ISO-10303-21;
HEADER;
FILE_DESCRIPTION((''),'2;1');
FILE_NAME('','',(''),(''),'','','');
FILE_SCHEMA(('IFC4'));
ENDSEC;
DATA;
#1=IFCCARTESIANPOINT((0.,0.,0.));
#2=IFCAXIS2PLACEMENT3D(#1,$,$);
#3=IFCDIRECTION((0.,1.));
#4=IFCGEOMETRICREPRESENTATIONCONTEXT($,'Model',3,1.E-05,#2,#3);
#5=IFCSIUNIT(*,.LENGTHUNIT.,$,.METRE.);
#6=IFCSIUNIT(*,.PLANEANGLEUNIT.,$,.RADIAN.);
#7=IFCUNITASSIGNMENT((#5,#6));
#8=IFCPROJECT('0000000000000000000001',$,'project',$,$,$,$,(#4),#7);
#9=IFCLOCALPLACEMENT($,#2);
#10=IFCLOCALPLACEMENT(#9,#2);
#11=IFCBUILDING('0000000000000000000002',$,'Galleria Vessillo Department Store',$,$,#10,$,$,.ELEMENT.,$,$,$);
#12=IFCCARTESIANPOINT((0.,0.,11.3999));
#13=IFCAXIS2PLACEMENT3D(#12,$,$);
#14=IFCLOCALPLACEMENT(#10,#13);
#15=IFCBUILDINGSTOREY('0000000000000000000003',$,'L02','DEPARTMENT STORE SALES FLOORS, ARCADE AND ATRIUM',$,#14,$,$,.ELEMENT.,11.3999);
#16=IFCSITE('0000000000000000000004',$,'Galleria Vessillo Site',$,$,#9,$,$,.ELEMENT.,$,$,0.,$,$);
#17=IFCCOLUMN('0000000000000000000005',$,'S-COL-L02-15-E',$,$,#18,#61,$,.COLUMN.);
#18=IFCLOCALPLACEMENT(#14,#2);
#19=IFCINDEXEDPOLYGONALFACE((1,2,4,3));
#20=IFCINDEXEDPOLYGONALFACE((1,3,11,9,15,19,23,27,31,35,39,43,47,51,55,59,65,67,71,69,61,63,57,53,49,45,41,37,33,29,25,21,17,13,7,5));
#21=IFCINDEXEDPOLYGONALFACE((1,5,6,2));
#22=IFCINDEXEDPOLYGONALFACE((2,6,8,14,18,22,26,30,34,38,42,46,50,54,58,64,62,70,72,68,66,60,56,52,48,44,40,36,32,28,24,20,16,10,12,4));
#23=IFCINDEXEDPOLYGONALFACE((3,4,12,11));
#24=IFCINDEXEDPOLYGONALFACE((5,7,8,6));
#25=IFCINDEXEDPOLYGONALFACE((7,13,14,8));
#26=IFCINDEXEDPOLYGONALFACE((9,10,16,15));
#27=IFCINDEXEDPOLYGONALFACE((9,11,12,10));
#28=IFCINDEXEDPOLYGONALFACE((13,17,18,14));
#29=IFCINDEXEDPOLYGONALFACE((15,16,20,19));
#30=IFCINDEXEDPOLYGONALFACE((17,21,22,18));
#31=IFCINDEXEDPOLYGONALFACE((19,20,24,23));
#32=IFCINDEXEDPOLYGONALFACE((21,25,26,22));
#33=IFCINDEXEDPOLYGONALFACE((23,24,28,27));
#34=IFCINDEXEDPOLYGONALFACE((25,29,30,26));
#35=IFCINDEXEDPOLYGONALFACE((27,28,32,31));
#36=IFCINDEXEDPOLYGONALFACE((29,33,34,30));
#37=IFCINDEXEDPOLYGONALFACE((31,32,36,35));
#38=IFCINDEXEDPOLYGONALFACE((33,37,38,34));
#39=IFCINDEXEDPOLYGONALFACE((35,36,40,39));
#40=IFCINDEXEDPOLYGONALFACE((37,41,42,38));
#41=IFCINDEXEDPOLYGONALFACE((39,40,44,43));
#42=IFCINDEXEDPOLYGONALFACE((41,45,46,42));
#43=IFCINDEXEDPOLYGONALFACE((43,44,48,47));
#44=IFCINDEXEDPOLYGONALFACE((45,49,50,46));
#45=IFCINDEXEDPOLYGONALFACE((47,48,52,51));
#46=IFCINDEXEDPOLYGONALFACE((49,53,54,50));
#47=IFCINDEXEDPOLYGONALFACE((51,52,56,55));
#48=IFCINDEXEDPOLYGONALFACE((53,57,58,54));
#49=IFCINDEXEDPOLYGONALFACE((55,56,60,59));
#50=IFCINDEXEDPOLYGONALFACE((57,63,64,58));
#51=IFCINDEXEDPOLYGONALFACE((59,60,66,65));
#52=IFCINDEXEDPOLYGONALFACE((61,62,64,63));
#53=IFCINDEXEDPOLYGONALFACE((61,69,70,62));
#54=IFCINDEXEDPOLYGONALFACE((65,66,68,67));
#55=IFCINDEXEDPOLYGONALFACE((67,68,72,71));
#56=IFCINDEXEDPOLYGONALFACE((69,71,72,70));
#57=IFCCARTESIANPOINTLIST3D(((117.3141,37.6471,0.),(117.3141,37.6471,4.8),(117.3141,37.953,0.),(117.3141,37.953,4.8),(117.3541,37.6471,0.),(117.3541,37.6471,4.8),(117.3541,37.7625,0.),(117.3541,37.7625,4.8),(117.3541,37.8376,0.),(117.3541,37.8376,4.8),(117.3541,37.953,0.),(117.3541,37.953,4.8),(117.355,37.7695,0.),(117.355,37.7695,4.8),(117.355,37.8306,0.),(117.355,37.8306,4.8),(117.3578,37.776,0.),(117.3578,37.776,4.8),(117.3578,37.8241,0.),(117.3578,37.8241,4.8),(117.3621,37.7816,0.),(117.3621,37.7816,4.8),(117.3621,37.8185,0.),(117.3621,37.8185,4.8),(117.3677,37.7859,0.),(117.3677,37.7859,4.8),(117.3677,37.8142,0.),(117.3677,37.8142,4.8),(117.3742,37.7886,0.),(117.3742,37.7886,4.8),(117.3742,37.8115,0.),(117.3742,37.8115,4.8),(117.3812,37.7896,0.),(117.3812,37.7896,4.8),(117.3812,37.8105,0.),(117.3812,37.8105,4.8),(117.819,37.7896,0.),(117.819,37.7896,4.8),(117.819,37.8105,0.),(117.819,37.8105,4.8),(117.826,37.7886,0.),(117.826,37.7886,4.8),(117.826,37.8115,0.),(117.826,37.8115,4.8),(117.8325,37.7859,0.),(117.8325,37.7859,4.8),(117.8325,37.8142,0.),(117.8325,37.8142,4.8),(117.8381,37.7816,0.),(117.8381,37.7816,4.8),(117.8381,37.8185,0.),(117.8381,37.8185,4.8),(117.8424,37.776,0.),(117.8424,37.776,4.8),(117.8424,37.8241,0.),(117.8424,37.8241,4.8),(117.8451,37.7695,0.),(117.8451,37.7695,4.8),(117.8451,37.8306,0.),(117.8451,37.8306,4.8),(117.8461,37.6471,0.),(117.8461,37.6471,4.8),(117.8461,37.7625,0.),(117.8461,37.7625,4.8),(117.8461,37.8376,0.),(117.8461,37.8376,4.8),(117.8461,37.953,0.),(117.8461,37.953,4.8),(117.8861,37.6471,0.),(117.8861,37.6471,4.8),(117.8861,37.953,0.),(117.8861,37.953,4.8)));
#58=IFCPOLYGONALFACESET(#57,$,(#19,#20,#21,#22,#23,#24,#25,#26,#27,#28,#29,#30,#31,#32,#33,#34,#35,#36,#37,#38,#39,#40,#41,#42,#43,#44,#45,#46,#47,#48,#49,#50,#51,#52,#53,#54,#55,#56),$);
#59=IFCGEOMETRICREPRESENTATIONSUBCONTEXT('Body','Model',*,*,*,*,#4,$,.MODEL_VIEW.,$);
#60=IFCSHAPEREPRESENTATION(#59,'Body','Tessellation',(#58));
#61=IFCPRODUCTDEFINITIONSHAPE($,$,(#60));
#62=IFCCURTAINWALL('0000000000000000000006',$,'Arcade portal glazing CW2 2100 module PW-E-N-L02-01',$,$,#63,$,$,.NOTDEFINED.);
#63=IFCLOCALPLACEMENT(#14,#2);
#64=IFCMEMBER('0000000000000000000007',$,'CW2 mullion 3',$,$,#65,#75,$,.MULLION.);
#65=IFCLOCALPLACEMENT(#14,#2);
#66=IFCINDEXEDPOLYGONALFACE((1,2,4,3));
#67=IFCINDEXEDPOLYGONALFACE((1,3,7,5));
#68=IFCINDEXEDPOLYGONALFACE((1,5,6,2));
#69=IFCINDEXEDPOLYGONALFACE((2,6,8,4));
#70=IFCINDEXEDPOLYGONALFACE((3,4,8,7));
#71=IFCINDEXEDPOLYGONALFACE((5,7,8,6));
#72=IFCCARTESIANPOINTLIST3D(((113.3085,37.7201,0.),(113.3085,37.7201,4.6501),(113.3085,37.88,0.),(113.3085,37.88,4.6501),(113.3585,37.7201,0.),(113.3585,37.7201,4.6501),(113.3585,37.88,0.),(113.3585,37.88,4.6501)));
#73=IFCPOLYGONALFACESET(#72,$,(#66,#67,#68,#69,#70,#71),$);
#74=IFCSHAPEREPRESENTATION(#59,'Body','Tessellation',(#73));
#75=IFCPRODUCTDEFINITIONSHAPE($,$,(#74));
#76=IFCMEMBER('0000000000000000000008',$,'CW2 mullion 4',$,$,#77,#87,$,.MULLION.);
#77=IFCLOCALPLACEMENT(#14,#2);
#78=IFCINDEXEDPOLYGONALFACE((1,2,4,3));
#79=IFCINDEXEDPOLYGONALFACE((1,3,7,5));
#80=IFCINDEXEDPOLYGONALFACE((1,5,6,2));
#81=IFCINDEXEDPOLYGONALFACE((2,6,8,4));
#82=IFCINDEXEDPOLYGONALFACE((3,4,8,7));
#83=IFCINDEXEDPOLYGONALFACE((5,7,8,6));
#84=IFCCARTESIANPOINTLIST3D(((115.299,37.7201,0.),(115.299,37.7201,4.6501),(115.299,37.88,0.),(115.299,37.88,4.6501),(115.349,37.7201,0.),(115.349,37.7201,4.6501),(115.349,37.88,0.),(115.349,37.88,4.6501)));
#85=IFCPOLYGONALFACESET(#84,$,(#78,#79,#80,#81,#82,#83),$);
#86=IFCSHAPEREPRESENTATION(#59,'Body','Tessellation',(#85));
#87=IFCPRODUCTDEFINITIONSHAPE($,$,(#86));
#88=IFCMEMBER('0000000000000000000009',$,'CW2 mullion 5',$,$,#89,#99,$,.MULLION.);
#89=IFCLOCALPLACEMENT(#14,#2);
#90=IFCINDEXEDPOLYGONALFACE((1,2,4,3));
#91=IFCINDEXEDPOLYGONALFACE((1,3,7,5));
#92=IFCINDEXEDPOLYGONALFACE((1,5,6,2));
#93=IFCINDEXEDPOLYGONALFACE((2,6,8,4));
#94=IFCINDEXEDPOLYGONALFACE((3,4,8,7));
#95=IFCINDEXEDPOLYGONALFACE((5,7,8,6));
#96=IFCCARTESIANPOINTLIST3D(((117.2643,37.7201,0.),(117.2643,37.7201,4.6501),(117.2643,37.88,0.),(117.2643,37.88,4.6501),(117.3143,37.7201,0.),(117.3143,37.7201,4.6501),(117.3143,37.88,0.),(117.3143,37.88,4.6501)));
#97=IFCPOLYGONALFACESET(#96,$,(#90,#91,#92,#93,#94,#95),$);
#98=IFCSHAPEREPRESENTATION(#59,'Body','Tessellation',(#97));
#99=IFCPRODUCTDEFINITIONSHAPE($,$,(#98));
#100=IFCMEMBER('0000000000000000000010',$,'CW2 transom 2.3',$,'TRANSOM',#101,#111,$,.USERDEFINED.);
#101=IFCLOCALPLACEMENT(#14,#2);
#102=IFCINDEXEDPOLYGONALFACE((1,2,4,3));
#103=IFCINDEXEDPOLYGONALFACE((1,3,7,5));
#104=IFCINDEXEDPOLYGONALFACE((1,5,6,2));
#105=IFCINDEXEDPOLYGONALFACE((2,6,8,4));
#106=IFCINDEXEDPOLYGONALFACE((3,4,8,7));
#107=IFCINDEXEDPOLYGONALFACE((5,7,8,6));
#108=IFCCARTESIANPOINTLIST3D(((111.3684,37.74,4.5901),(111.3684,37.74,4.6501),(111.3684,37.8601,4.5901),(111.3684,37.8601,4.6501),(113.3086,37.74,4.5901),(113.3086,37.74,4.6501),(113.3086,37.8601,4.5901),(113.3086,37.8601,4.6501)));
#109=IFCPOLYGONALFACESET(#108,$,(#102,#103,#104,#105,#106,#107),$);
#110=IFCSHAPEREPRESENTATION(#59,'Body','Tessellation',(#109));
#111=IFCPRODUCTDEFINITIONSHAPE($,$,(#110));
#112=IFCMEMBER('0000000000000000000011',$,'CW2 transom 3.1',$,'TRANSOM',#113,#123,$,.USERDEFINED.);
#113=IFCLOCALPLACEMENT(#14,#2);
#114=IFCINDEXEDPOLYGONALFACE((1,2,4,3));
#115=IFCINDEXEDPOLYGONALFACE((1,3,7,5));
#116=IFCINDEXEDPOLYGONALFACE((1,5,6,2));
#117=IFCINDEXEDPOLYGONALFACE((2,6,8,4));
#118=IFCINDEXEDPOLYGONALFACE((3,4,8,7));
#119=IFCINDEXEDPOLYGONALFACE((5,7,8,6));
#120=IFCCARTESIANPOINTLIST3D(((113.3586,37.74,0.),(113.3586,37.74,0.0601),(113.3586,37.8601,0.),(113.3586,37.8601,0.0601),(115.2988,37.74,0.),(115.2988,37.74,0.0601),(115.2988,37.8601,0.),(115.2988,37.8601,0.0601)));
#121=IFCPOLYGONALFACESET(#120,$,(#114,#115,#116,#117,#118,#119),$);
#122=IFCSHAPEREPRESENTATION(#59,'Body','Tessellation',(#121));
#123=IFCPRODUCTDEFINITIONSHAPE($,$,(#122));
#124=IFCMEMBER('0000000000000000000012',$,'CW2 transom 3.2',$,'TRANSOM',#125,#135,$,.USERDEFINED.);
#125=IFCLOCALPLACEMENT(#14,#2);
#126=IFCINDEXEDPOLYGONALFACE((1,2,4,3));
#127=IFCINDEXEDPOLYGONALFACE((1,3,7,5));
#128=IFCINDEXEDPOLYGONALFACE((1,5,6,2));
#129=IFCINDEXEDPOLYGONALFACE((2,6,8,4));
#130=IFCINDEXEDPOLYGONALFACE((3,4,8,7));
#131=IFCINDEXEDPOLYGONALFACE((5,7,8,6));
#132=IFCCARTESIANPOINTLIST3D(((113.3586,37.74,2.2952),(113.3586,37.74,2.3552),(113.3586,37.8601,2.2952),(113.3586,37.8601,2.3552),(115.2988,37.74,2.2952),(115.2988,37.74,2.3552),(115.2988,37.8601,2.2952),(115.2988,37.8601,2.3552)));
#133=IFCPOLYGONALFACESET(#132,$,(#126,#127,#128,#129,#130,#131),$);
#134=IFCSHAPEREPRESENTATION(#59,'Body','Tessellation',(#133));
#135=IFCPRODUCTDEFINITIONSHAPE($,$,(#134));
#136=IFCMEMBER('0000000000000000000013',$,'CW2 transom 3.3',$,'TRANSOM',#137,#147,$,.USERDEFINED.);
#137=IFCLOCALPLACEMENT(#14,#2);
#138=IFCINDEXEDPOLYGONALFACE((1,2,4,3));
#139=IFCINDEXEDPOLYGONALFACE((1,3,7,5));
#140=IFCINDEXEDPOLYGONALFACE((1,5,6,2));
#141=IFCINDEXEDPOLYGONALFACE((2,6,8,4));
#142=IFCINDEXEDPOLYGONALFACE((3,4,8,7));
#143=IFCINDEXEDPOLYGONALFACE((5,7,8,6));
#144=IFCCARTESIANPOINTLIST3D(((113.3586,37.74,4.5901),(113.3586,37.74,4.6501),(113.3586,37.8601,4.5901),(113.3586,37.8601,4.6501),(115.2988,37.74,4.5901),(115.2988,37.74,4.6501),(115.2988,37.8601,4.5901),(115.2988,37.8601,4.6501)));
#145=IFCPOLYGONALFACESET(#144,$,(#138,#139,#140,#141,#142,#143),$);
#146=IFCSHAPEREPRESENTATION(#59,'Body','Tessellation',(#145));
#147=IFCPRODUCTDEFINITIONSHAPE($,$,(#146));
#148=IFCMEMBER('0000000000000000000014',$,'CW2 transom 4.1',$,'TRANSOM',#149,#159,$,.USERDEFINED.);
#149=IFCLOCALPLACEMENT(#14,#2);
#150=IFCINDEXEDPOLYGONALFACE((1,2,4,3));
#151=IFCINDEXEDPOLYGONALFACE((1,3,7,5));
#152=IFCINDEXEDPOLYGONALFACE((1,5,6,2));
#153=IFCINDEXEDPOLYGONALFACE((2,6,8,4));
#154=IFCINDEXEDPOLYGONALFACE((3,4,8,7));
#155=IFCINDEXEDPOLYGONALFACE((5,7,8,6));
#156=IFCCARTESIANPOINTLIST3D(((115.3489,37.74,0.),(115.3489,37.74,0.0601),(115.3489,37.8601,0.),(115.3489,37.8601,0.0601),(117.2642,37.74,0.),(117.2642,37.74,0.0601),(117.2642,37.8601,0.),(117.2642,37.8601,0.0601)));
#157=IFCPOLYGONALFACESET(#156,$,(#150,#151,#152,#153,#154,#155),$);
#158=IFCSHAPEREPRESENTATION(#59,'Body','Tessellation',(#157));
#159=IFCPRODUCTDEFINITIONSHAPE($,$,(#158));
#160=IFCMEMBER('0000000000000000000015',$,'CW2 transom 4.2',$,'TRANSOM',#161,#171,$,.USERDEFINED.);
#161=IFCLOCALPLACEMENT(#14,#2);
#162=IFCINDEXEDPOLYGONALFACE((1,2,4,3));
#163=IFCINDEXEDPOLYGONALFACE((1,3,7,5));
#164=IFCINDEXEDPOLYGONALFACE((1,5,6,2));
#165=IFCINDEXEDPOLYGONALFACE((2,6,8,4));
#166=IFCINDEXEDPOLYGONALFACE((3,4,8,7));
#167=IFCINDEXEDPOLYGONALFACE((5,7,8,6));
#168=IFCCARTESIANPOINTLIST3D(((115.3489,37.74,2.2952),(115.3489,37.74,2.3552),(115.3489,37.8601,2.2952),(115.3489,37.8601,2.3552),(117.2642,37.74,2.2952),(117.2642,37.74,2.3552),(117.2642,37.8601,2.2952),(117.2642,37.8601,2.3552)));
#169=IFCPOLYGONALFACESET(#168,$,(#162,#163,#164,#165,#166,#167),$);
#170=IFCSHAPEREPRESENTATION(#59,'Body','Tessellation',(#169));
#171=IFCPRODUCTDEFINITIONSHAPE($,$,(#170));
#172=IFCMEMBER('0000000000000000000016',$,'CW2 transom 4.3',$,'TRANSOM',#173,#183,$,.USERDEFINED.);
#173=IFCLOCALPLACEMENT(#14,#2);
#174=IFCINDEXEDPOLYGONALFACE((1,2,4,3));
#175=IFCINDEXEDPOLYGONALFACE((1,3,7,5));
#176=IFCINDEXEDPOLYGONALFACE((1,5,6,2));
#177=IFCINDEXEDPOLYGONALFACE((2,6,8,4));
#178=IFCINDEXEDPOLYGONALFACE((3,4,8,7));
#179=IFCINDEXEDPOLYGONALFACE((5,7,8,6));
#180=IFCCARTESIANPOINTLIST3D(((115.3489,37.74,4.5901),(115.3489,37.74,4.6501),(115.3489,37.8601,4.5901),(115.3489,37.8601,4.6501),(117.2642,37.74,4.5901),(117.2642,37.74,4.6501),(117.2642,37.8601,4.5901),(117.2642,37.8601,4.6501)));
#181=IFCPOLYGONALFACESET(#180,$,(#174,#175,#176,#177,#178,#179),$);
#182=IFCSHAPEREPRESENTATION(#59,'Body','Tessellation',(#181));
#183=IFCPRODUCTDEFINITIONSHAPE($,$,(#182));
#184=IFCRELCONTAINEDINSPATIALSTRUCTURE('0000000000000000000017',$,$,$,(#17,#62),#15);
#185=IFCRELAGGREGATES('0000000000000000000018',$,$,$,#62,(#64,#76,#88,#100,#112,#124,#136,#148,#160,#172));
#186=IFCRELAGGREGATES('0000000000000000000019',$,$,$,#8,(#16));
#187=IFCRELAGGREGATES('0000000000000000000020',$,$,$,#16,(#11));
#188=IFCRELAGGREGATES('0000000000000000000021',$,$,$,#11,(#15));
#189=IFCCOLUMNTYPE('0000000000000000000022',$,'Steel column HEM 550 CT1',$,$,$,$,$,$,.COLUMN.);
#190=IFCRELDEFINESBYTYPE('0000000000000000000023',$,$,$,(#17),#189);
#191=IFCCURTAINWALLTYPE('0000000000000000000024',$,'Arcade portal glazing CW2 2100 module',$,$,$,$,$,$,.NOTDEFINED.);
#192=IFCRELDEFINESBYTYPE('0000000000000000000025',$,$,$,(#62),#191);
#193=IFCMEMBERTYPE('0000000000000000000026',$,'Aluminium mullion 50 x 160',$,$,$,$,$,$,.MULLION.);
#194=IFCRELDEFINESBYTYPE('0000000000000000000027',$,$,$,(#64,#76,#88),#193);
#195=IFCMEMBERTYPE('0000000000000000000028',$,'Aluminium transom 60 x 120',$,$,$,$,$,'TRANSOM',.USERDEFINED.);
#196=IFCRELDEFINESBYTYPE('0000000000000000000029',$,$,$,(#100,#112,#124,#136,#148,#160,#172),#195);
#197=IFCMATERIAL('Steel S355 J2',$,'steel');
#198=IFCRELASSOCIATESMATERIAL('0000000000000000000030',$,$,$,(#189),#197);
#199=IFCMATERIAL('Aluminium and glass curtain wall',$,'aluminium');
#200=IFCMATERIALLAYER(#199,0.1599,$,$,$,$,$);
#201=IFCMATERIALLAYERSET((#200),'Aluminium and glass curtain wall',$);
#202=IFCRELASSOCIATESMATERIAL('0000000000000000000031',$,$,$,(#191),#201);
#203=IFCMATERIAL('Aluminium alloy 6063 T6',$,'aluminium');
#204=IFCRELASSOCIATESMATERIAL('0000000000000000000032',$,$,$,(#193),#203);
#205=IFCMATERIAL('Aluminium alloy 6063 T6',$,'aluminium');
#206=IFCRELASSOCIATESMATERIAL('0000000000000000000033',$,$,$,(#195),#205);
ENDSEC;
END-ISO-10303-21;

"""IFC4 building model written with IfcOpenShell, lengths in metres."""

from ifc_helpers import new_model, si_unit, direction, frame, origin, origin_2d, place, context, subcontext, project, spatial, rectangle, i_section, extrude, material, layer, layer_set, material_profile, profile_set, type_object, element, aggregate, save


model = new_model("IFC4")

# Units and contexts
model_context = context("Model", 3, precision=1e-05, world=origin(), true_north=direction((0.0, 1.0)))
body_context = subcontext(model_context, "Body", "Model", "MODEL_VIEW")
ifc_project = project(units=[si_unit("LENGTHUNIT", "METRE"), si_unit("PLANEANGLEUNIT", "RADIAN")], contexts=[model_context])

# Site, building, storey
site_placement = place(None, origin())
site = spatial("IfcSite", under=ifc_project, at=site_placement, Name="Galleria Vessillo Site", CompositionType="ELEMENT", RefElevation=0.0)
building_placement = place(site_placement, origin())
building = spatial("IfcBuilding", under=site, at=building_placement, Name="Galleria Vessillo Department Store", CompositionType="ELEMENT")
storey_placement = place(building_placement, frame((0.0, 0.0, 11.3999)))
storey = spatial("IfcBuildingStorey", under=building, at=storey_placement, Name="L02", Description="DEPARTMENT STORE SALES FLOORS, ARCADE AND ATRIUM", CompositionType="ELEMENT", Elevation=11.3999)

# Column
ifc_material_1 = material(Name="Steel S355 J2", Category="steel")
ifc_material_profile_1 = material_profile(ifc_material_1, i_section(OverallWidth=0.3059, OverallDepth=0.572, WebThickness=0.021, FlangeThickness=0.04, FilletRadius=0.0271, at=origin_2d()), Name="HEM 550")
ifc_profile_set_1 = profile_set([ifc_material_profile_1], Name="Steel S355 J2")
column_type = type_object("IfcColumnType", Name="Steel column HEM 550 CT1", PredefinedType="COLUMN", material=ifc_profile_set_1)
column_placement = place(storey_placement, frame((117.6001, 37.8, 0.0), z_axis=(0.0, 0.0, 1.0), x_axis=(0.0, 1.0, 0.0)))
element("IfcColumn", 1, at=column_placement, inside=storey, type_object=column_type, Name="S-COL-L02-15-E", PredefinedType="COLUMN", context=body_context, shape_type="SweptSolid", body=[
    extrude(i_section(OverallWidth=0.3059, OverallDepth=0.572, WebThickness=0.021, FlangeThickness=0.04, FilletRadius=0.0271, at=origin_2d()), origin(), (0.0, 0.0, 1.0), 4.8),
])

# Curtain wall, members
ifc_material_2 = material(Name="Aluminium and glass curtain wall", Category="aluminium")
ifc_layer_1 = layer(ifc_material_2, 0.1599)
ifc_layer_set_1 = layer_set([ifc_layer_1], Name="Aluminium and glass curtain wall")
curtain_wall_type = type_object("IfcCurtainWallType", Name="Arcade portal glazing CW2 2100 module", PredefinedType="NOTDEFINED", material=ifc_layer_set_1)
curtain_wall_placement = place(storey_placement, origin())
curtain_wall = element("IfcCurtainWall", 2, at=curtain_wall_placement, inside=storey, type_object=curtain_wall_type, Name="Arcade portal glazing CW2 2100 module PW-E-N-L02-01", PredefinedType="NOTDEFINED")
ifc_material_3 = material(Name="Aluminium alloy 6063 T6", Category="aluminium")
ifc_material_profile_2 = material_profile(ifc_material_3, rectangle(XDim=0.1599, YDim=0.05, at=origin_2d()), Name="AL 50x160")
ifc_profile_set_2 = profile_set([ifc_material_profile_2], Name="Aluminium alloy 6063 T6")
member_type_1 = type_object("IfcMemberType", Name="Aluminium mullion 50 x 160", PredefinedType="MULLION", material=ifc_profile_set_2)
member_1_placement = place(storey_placement, frame((113.3335, 37.8, 0.0), z_axis=(0.0, 0.0, 1.0), x_axis=(0.0, 1.0, 0.0)))
member_1 = element("IfcMember", 3, at=member_1_placement, type_object=member_type_1, Name="CW2 mullion 3", PredefinedType="MULLION", context=body_context, shape_type="SweptSolid", body=[
    extrude(rectangle(XDim=0.1599, YDim=0.05, at=origin_2d()), origin(), (0.0, 0.0, 1.0), 4.6501),
])
member_2_placement = place(storey_placement, frame((115.324, 37.8, 0.0), z_axis=(0.0, 0.0, 1.0), x_axis=(0.0, 1.0, 0.0)))
member_2 = element("IfcMember", 4, at=member_2_placement, type_object=member_type_1, Name="CW2 mullion 4", PredefinedType="MULLION", context=body_context, shape_type="SweptSolid", body=[
    extrude(rectangle(XDim=0.1599, YDim=0.05, at=origin_2d()), origin(), (0.0, 0.0, 1.0), 4.6501),
])
member_3_placement = place(storey_placement, frame((117.2893, 37.8, 0.0), z_axis=(0.0, 0.0, 1.0), x_axis=(0.0, 1.0, 0.0)))
member_3 = element("IfcMember", 5, at=member_3_placement, type_object=member_type_1, Name="CW2 mullion 5", PredefinedType="MULLION", context=body_context, shape_type="SweptSolid", body=[
    extrude(rectangle(XDim=0.1599, YDim=0.05, at=origin_2d()), origin(), (0.0, 0.0, 1.0), 4.6501),
])
ifc_material_4 = material(Name="Aluminium alloy 6063 T6", Category="aluminium")
ifc_material_profile_3 = material_profile(ifc_material_4, rectangle(XDim=0.1201, YDim=0.0601, at=origin_2d()), Name="AL 60x120")
ifc_profile_set_3 = profile_set([ifc_material_profile_3], Name="Aluminium alloy 6063 T6")
member_type_2 = type_object("IfcMemberType", Name="Aluminium transom 60 x 120", ElementType="TRANSOM", PredefinedType="USERDEFINED", material=ifc_profile_set_3)
member_4_placement = place(storey_placement, frame((111.3684, 37.8, 4.6201), z_axis=(1.0, 0.0, 0.0), x_axis=(0.0, 1.0, 0.0)))
member_4 = element("IfcMember", 6, at=member_4_placement, type_object=member_type_2, Name="CW2 transom 2.3", ObjectType="TRANSOM", PredefinedType="USERDEFINED", context=body_context, shape_type="SweptSolid", body=[
    extrude(rectangle(XDim=0.1201, YDim=0.0601, at=origin_2d()), origin(), (0.0, 0.0, 1.0), 1.9402),
])
member_5_placement = place(storey_placement, frame((113.3586, 37.8, 0.03), z_axis=(1.0, 0.0, 0.0), x_axis=(0.0, 1.0, 0.0)))
member_5 = element("IfcMember", 7, at=member_5_placement, type_object=member_type_2, Name="CW2 transom 3.1", ObjectType="TRANSOM", PredefinedType="USERDEFINED", context=body_context, shape_type="SweptSolid", body=[
    extrude(rectangle(XDim=0.1201, YDim=0.0601, at=origin_2d()), origin(), (0.0, 0.0, 1.0), 1.9402),
])
member_6_placement = place(storey_placement, frame((113.3586, 37.8, 2.3252), z_axis=(1.0, 0.0, 0.0), x_axis=(0.0, 1.0, 0.0)))
member_6 = element("IfcMember", 8, at=member_6_placement, type_object=member_type_2, Name="CW2 transom 3.2", ObjectType="TRANSOM", PredefinedType="USERDEFINED", context=body_context, shape_type="SweptSolid", body=[
    extrude(rectangle(XDim=0.1201, YDim=0.0601, at=origin_2d()), origin(), (0.0, 0.0, 1.0), 1.9402),
])
member_7_placement = place(storey_placement, frame((113.3586, 37.8, 4.6201), z_axis=(1.0, 0.0, 0.0), x_axis=(0.0, 1.0, 0.0)))
member_7 = element("IfcMember", 9, at=member_7_placement, type_object=member_type_2, Name="CW2 transom 3.3", ObjectType="TRANSOM", PredefinedType="USERDEFINED", context=body_context, shape_type="SweptSolid", body=[
    extrude(rectangle(XDim=0.1201, YDim=0.0601, at=origin_2d()), origin(), (0.0, 0.0, 1.0), 1.9402),
])
member_8_placement = place(storey_placement, frame((115.3489, 37.8, 0.03), z_axis=(1.0, 0.0, 0.0), x_axis=(0.0, 1.0, 0.0)))
member_8 = element("IfcMember", 10, at=member_8_placement, type_object=member_type_2, Name="CW2 transom 4.1", ObjectType="TRANSOM", PredefinedType="USERDEFINED", context=body_context, shape_type="SweptSolid", body=[
    extrude(rectangle(XDim=0.1201, YDim=0.0601, at=origin_2d()), origin(), (0.0, 0.0, 1.0), 1.9153),
])
member_9_placement = place(storey_placement, frame((115.3489, 37.8, 2.3252), z_axis=(1.0, 0.0, 0.0), x_axis=(0.0, 1.0, 0.0)))
member_9 = element("IfcMember", 11, at=member_9_placement, type_object=member_type_2, Name="CW2 transom 4.2", ObjectType="TRANSOM", PredefinedType="USERDEFINED", context=body_context, shape_type="SweptSolid", body=[
    extrude(rectangle(XDim=0.1201, YDim=0.0601, at=origin_2d()), origin(), (0.0, 0.0, 1.0), 1.9153),
])
member_10_placement = place(storey_placement, frame((115.3489, 37.8, 4.6201), z_axis=(1.0, 0.0, 0.0), x_axis=(0.0, 1.0, 0.0)))
member_10 = element("IfcMember", 12, at=member_10_placement, type_object=member_type_2, Name="CW2 transom 4.3", ObjectType="TRANSOM", PredefinedType="USERDEFINED", context=body_context, shape_type="SweptSolid", body=[
    extrude(rectangle(XDim=0.1201, YDim=0.0601, at=origin_2d()), origin(), (0.0, 0.0, 1.0), 1.9153),
])

aggregate(curtain_wall, [member_1, member_2, member_3, member_4, member_5, member_6, member_7, member_8, member_9, member_10])

save(model, "model.ifc")
